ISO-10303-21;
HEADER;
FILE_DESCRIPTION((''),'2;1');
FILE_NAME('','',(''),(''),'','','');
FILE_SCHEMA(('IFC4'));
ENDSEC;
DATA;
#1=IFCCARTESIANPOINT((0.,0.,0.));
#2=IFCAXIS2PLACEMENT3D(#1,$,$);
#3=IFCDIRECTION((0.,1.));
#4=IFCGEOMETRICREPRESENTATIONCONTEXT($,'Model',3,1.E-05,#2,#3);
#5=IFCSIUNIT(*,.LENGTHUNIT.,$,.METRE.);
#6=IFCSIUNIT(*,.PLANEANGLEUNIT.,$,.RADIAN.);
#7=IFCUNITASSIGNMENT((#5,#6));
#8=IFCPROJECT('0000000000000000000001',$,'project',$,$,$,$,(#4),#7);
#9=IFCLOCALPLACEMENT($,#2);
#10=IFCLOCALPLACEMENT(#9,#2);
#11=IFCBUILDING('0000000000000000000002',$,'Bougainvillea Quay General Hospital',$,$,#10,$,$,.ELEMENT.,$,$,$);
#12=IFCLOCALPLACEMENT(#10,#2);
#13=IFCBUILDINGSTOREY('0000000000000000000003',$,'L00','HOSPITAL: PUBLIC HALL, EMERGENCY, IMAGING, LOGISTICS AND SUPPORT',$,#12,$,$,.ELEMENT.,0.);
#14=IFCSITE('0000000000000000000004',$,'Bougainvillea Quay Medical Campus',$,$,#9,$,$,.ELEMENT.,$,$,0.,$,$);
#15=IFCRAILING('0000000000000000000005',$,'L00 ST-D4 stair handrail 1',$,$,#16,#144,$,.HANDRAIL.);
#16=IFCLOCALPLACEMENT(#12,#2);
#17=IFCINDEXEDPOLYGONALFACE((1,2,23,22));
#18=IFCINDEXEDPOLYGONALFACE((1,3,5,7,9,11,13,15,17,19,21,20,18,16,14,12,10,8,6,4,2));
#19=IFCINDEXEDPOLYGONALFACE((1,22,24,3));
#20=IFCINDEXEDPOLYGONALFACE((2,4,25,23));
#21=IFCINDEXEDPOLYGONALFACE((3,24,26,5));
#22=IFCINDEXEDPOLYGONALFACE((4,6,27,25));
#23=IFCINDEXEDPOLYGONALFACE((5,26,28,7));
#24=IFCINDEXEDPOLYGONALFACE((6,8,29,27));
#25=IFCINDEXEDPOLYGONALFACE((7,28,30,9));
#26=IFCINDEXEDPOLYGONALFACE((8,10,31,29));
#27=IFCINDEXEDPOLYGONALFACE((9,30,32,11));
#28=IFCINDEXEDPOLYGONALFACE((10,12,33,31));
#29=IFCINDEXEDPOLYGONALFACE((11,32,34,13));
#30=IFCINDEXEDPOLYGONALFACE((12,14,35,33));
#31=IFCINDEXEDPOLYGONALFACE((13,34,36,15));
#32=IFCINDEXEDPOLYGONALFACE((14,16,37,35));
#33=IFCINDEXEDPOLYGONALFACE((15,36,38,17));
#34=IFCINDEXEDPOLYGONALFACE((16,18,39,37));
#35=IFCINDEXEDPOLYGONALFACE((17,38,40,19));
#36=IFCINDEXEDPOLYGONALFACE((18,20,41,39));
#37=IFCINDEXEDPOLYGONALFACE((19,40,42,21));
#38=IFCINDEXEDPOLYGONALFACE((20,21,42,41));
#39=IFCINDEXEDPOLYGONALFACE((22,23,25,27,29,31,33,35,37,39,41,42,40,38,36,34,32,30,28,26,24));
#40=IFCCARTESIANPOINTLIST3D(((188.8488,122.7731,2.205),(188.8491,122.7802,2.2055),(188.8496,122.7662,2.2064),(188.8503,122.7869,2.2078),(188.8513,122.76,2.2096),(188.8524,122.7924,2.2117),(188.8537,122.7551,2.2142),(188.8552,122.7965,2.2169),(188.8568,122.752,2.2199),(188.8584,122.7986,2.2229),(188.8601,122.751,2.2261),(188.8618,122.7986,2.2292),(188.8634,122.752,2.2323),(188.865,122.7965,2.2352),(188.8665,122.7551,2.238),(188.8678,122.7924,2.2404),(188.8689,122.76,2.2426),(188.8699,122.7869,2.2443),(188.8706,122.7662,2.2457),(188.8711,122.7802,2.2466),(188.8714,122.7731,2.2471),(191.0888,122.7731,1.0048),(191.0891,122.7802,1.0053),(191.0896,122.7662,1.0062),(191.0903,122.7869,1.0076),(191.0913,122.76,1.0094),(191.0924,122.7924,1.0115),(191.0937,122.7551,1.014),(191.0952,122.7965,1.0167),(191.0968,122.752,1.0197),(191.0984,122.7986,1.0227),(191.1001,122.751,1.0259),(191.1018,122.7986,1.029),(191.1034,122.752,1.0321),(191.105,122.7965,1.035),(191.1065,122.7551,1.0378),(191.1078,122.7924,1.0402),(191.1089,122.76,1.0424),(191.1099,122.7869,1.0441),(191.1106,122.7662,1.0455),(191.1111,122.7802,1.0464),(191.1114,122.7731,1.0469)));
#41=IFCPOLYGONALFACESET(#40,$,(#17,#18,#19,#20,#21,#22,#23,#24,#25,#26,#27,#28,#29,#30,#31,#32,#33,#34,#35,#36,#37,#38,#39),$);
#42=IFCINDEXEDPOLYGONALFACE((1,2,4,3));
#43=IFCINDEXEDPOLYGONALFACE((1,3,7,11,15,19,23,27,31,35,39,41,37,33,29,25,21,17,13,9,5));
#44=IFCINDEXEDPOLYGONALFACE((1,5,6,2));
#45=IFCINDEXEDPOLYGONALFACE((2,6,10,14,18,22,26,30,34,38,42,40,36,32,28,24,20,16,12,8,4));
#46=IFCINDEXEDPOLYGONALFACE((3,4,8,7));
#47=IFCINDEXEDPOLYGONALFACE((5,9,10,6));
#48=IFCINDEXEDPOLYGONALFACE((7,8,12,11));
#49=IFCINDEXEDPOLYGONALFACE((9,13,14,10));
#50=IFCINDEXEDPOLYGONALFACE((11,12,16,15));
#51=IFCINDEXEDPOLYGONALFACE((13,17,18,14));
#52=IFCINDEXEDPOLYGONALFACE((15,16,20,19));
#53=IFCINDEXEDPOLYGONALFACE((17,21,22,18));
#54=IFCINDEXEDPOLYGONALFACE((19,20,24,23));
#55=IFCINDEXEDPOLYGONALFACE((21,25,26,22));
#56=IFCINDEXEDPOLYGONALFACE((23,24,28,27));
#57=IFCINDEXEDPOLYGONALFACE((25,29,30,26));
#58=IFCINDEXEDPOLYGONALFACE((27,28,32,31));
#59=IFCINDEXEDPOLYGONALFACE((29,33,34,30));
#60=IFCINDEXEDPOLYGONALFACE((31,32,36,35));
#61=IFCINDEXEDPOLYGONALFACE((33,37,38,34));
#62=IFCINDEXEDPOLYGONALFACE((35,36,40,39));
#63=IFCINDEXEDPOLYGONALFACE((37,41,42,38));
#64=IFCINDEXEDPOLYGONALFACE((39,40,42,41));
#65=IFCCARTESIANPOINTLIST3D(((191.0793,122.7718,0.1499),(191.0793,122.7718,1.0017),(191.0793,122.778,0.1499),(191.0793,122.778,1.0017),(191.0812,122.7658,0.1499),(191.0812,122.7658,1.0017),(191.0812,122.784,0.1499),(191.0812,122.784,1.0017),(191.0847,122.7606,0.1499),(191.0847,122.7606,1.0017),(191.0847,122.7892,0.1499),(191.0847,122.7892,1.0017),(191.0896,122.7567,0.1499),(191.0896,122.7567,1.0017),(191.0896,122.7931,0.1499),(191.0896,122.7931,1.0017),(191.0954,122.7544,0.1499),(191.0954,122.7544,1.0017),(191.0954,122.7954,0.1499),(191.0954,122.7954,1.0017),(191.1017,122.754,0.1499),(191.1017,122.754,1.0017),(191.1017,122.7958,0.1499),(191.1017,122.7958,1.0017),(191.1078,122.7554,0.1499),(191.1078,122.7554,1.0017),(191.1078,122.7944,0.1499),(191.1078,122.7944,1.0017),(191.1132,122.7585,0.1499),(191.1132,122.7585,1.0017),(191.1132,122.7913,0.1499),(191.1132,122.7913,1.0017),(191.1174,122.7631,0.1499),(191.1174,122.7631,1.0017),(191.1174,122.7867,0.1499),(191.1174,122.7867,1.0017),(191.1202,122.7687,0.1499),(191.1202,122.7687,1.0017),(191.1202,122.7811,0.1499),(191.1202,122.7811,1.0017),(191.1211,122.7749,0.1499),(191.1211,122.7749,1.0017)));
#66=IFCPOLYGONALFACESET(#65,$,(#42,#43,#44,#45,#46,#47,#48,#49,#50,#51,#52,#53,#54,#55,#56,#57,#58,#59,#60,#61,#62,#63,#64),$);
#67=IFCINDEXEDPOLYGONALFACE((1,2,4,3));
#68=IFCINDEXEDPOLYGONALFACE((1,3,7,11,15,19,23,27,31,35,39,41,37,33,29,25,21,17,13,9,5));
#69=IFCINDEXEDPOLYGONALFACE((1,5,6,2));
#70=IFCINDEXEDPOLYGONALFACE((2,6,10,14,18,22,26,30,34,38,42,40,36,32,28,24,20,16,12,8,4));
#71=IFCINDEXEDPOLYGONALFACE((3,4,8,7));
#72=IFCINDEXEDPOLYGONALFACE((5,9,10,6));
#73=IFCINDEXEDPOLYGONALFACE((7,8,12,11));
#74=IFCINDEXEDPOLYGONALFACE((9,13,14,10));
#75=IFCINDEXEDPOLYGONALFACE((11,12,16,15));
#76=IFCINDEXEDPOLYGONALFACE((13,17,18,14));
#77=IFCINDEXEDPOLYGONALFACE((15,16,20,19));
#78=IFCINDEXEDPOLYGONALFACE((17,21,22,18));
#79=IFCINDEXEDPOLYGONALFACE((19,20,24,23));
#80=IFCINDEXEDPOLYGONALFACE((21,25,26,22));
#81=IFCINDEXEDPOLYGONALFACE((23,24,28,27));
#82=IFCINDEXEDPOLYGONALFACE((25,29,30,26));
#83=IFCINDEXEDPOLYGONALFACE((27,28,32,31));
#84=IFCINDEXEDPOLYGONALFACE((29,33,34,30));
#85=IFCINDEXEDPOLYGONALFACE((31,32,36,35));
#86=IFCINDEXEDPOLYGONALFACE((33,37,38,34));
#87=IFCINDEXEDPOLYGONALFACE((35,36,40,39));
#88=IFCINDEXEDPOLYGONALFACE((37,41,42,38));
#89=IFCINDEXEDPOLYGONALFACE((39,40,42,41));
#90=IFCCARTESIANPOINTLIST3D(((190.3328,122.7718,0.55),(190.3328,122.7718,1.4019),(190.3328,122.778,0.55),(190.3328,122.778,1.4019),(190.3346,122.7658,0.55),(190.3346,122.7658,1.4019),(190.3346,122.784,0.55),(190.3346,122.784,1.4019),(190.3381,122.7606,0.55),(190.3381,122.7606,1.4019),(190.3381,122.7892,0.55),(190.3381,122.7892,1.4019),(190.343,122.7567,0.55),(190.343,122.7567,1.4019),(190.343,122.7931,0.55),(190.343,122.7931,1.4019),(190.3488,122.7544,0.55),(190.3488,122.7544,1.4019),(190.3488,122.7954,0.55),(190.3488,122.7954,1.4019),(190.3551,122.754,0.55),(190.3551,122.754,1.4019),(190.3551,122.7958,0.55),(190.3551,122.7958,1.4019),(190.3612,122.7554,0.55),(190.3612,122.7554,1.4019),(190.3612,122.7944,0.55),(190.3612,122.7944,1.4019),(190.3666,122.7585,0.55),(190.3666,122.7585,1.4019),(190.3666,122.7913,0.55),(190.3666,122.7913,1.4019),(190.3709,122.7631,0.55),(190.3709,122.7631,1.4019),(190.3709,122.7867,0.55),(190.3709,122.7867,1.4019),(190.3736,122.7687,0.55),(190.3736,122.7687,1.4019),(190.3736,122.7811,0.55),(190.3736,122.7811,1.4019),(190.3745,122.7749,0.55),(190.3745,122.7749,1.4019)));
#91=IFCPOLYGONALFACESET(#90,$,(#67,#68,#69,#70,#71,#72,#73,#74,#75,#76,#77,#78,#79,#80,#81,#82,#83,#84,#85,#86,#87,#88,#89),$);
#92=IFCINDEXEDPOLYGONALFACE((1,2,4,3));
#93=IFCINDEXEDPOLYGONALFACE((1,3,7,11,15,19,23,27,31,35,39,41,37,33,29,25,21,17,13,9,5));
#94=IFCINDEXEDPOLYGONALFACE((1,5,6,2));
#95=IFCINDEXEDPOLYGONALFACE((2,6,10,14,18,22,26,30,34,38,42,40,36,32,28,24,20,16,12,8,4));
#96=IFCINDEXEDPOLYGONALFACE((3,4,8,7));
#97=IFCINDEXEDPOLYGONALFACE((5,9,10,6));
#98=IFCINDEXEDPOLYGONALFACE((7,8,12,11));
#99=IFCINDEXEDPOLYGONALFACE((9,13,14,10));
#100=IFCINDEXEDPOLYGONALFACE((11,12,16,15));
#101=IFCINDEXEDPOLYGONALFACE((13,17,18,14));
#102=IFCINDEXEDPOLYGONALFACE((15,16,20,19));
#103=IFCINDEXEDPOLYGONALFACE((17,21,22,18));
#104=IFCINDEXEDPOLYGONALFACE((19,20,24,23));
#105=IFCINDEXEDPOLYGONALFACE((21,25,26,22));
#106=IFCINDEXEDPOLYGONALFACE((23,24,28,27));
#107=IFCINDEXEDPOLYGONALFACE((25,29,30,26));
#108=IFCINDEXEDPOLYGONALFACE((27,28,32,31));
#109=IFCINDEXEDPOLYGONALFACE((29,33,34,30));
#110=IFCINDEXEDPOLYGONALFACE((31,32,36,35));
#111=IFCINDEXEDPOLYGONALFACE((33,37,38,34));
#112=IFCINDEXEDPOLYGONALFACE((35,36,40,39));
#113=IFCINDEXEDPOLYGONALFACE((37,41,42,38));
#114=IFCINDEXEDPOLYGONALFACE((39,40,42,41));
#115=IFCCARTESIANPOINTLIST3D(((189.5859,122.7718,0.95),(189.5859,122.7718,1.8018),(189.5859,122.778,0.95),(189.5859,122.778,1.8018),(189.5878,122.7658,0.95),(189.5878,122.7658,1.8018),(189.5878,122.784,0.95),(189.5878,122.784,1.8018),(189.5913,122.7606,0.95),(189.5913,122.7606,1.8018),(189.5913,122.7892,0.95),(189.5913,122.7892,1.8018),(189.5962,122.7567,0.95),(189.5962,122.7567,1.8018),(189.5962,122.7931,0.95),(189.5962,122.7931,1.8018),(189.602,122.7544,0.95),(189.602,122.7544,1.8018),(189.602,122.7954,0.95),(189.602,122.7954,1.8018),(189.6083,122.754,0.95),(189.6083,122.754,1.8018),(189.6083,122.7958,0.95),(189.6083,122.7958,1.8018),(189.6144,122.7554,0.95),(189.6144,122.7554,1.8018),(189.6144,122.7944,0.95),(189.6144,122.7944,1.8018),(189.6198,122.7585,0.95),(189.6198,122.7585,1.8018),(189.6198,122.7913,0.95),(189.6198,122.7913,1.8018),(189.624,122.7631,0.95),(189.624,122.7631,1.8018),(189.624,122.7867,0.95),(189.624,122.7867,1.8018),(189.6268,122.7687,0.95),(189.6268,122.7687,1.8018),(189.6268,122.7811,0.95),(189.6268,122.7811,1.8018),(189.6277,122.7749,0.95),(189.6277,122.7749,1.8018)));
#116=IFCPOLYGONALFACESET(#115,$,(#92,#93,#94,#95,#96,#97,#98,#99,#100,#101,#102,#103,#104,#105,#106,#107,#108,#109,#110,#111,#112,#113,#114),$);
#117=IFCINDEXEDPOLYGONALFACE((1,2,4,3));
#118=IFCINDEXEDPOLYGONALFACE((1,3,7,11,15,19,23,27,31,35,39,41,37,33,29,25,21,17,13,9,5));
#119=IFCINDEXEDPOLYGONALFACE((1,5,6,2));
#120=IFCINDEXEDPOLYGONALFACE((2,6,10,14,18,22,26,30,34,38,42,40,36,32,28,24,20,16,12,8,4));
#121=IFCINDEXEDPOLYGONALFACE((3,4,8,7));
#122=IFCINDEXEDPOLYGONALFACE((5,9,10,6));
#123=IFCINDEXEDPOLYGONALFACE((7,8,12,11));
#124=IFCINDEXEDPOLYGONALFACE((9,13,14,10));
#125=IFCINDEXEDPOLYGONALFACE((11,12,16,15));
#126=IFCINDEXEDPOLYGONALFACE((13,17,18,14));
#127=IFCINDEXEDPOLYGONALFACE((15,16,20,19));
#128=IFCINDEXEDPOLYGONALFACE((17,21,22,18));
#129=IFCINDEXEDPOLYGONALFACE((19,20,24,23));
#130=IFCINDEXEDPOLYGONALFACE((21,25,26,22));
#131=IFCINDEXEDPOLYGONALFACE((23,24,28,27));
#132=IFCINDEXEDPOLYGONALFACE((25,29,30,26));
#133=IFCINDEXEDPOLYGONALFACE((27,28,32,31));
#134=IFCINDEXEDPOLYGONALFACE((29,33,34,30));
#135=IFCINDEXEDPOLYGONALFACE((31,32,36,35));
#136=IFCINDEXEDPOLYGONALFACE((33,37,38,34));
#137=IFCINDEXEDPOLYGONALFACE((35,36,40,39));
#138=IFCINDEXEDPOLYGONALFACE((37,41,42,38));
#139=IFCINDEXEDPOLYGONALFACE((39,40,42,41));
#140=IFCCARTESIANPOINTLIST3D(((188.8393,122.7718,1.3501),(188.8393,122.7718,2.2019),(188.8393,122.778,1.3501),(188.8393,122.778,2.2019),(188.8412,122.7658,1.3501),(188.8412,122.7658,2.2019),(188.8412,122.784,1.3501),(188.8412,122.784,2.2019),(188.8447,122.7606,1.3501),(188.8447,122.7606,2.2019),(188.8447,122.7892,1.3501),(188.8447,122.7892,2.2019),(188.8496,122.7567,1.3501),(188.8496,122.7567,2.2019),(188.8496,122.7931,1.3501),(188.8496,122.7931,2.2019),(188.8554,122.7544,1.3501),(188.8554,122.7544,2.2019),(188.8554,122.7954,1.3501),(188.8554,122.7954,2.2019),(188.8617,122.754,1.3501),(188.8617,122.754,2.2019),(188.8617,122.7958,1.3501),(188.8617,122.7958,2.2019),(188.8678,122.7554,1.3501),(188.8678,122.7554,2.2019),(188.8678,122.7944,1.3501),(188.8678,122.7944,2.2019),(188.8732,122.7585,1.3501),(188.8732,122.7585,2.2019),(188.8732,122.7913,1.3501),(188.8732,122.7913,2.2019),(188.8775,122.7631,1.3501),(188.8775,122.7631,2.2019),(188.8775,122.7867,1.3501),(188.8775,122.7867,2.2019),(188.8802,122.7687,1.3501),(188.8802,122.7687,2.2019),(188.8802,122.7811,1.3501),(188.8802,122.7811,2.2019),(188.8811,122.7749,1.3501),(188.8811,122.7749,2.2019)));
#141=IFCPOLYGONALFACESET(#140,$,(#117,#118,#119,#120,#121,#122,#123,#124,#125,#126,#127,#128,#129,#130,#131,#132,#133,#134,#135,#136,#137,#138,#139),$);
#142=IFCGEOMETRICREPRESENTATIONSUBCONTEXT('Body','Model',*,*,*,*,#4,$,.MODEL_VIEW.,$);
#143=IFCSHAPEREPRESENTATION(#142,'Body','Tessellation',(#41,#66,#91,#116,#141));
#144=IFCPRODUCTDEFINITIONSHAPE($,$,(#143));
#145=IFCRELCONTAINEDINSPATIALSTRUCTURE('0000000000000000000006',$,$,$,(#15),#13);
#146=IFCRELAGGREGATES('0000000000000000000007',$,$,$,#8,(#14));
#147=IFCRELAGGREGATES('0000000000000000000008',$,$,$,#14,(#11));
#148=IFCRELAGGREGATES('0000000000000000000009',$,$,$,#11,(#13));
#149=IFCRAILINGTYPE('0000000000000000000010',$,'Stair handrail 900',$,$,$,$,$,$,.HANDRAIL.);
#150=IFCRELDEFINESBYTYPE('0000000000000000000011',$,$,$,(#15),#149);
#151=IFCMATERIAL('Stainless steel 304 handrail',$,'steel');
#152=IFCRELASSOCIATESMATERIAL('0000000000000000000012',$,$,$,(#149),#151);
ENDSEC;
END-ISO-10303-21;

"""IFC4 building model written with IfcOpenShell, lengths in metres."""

from ifc_helpers import new_model, si_unit, direction, frame, origin, origin_2d, place, context, subcontext, project, spatial, circle, extrude, material, type_object, element, save


model = new_model("IFC4")

# Units and contexts
model_context = context("Model", 3, precision=1e-05, world=origin(), true_north=direction((0.0, 1.0)))
body_context = subcontext(model_context, "Body", "Model", "MODEL_VIEW")
ifc_project = project(units=[si_unit("LENGTHUNIT", "METRE"), si_unit("PLANEANGLEUNIT", "RADIAN")], contexts=[model_context])

# Site, building, storey
site_placement = place(None, origin())
site = spatial("IfcSite", under=ifc_project, at=site_placement, Name="Bougainvillea Quay Medical Campus", CompositionType="ELEMENT", RefElevation=0.0)
building_placement = place(site_placement, origin())
building = spatial("IfcBuilding", under=site, at=building_placement, Name="Bougainvillea Quay General Hospital", CompositionType="ELEMENT")
storey_placement = place(building_placement, origin())
storey = spatial("IfcBuildingStorey", under=building, at=storey_placement, Name="L00", Description="HOSPITAL: PUBLIC HALL, EMERGENCY, IMAGING, LOGISTICS AND SUPPORT", CompositionType="ELEMENT", Elevation=0.0)

# Railing
ifc_material_1 = material(Name="Stainless steel 304 handrail", Category="steel")
railing_type_1 = type_object("IfcRailingType", Name="Stair handrail 900", PredefinedType="HANDRAIL", material=ifc_material_1)
railing_1_placement = place(storey_placement, frame((191.1001, 122.7749, 0.1499)))
element("IfcRailing", 1, at=railing_1_placement, inside=storey, type_object=railing_type_1, Name="L00 ST-D4 stair handrail 1", PredefinedType="HANDRAIL", context=body_context, shape_type="SweptSolid", body=[
    extrude(circle(Radius=0.0239, at=origin_2d()), frame((0.0, 0.0, 0.876), z_axis=(-0.881447, 0.0, 0.472283), x_axis=(0.0, -1.0, 0.0)), (0.0, 0.0, 1.0), 2.5413),
    extrude(circle(Radius=0.021, at=origin_2d()), origin(), (0.0, 0.0, 1.0), 0.8518),
    extrude(circle(Radius=0.021, at=origin_2d()), frame((-0.7466, 0.0, 0.4001)), (0.0, 0.0, 1.0), 0.8518),
    extrude(circle(Radius=0.021, at=origin_2d()), frame((-1.4934, 0.0, 0.8)), (0.0, 0.0, 1.0), 0.8518),
    extrude(circle(Radius=0.021, at=origin_2d()), frame((-2.24, 0.0, 1.2002)), (0.0, 0.0, 1.0), 0.8518),
])

save(model, "model.ifc")
